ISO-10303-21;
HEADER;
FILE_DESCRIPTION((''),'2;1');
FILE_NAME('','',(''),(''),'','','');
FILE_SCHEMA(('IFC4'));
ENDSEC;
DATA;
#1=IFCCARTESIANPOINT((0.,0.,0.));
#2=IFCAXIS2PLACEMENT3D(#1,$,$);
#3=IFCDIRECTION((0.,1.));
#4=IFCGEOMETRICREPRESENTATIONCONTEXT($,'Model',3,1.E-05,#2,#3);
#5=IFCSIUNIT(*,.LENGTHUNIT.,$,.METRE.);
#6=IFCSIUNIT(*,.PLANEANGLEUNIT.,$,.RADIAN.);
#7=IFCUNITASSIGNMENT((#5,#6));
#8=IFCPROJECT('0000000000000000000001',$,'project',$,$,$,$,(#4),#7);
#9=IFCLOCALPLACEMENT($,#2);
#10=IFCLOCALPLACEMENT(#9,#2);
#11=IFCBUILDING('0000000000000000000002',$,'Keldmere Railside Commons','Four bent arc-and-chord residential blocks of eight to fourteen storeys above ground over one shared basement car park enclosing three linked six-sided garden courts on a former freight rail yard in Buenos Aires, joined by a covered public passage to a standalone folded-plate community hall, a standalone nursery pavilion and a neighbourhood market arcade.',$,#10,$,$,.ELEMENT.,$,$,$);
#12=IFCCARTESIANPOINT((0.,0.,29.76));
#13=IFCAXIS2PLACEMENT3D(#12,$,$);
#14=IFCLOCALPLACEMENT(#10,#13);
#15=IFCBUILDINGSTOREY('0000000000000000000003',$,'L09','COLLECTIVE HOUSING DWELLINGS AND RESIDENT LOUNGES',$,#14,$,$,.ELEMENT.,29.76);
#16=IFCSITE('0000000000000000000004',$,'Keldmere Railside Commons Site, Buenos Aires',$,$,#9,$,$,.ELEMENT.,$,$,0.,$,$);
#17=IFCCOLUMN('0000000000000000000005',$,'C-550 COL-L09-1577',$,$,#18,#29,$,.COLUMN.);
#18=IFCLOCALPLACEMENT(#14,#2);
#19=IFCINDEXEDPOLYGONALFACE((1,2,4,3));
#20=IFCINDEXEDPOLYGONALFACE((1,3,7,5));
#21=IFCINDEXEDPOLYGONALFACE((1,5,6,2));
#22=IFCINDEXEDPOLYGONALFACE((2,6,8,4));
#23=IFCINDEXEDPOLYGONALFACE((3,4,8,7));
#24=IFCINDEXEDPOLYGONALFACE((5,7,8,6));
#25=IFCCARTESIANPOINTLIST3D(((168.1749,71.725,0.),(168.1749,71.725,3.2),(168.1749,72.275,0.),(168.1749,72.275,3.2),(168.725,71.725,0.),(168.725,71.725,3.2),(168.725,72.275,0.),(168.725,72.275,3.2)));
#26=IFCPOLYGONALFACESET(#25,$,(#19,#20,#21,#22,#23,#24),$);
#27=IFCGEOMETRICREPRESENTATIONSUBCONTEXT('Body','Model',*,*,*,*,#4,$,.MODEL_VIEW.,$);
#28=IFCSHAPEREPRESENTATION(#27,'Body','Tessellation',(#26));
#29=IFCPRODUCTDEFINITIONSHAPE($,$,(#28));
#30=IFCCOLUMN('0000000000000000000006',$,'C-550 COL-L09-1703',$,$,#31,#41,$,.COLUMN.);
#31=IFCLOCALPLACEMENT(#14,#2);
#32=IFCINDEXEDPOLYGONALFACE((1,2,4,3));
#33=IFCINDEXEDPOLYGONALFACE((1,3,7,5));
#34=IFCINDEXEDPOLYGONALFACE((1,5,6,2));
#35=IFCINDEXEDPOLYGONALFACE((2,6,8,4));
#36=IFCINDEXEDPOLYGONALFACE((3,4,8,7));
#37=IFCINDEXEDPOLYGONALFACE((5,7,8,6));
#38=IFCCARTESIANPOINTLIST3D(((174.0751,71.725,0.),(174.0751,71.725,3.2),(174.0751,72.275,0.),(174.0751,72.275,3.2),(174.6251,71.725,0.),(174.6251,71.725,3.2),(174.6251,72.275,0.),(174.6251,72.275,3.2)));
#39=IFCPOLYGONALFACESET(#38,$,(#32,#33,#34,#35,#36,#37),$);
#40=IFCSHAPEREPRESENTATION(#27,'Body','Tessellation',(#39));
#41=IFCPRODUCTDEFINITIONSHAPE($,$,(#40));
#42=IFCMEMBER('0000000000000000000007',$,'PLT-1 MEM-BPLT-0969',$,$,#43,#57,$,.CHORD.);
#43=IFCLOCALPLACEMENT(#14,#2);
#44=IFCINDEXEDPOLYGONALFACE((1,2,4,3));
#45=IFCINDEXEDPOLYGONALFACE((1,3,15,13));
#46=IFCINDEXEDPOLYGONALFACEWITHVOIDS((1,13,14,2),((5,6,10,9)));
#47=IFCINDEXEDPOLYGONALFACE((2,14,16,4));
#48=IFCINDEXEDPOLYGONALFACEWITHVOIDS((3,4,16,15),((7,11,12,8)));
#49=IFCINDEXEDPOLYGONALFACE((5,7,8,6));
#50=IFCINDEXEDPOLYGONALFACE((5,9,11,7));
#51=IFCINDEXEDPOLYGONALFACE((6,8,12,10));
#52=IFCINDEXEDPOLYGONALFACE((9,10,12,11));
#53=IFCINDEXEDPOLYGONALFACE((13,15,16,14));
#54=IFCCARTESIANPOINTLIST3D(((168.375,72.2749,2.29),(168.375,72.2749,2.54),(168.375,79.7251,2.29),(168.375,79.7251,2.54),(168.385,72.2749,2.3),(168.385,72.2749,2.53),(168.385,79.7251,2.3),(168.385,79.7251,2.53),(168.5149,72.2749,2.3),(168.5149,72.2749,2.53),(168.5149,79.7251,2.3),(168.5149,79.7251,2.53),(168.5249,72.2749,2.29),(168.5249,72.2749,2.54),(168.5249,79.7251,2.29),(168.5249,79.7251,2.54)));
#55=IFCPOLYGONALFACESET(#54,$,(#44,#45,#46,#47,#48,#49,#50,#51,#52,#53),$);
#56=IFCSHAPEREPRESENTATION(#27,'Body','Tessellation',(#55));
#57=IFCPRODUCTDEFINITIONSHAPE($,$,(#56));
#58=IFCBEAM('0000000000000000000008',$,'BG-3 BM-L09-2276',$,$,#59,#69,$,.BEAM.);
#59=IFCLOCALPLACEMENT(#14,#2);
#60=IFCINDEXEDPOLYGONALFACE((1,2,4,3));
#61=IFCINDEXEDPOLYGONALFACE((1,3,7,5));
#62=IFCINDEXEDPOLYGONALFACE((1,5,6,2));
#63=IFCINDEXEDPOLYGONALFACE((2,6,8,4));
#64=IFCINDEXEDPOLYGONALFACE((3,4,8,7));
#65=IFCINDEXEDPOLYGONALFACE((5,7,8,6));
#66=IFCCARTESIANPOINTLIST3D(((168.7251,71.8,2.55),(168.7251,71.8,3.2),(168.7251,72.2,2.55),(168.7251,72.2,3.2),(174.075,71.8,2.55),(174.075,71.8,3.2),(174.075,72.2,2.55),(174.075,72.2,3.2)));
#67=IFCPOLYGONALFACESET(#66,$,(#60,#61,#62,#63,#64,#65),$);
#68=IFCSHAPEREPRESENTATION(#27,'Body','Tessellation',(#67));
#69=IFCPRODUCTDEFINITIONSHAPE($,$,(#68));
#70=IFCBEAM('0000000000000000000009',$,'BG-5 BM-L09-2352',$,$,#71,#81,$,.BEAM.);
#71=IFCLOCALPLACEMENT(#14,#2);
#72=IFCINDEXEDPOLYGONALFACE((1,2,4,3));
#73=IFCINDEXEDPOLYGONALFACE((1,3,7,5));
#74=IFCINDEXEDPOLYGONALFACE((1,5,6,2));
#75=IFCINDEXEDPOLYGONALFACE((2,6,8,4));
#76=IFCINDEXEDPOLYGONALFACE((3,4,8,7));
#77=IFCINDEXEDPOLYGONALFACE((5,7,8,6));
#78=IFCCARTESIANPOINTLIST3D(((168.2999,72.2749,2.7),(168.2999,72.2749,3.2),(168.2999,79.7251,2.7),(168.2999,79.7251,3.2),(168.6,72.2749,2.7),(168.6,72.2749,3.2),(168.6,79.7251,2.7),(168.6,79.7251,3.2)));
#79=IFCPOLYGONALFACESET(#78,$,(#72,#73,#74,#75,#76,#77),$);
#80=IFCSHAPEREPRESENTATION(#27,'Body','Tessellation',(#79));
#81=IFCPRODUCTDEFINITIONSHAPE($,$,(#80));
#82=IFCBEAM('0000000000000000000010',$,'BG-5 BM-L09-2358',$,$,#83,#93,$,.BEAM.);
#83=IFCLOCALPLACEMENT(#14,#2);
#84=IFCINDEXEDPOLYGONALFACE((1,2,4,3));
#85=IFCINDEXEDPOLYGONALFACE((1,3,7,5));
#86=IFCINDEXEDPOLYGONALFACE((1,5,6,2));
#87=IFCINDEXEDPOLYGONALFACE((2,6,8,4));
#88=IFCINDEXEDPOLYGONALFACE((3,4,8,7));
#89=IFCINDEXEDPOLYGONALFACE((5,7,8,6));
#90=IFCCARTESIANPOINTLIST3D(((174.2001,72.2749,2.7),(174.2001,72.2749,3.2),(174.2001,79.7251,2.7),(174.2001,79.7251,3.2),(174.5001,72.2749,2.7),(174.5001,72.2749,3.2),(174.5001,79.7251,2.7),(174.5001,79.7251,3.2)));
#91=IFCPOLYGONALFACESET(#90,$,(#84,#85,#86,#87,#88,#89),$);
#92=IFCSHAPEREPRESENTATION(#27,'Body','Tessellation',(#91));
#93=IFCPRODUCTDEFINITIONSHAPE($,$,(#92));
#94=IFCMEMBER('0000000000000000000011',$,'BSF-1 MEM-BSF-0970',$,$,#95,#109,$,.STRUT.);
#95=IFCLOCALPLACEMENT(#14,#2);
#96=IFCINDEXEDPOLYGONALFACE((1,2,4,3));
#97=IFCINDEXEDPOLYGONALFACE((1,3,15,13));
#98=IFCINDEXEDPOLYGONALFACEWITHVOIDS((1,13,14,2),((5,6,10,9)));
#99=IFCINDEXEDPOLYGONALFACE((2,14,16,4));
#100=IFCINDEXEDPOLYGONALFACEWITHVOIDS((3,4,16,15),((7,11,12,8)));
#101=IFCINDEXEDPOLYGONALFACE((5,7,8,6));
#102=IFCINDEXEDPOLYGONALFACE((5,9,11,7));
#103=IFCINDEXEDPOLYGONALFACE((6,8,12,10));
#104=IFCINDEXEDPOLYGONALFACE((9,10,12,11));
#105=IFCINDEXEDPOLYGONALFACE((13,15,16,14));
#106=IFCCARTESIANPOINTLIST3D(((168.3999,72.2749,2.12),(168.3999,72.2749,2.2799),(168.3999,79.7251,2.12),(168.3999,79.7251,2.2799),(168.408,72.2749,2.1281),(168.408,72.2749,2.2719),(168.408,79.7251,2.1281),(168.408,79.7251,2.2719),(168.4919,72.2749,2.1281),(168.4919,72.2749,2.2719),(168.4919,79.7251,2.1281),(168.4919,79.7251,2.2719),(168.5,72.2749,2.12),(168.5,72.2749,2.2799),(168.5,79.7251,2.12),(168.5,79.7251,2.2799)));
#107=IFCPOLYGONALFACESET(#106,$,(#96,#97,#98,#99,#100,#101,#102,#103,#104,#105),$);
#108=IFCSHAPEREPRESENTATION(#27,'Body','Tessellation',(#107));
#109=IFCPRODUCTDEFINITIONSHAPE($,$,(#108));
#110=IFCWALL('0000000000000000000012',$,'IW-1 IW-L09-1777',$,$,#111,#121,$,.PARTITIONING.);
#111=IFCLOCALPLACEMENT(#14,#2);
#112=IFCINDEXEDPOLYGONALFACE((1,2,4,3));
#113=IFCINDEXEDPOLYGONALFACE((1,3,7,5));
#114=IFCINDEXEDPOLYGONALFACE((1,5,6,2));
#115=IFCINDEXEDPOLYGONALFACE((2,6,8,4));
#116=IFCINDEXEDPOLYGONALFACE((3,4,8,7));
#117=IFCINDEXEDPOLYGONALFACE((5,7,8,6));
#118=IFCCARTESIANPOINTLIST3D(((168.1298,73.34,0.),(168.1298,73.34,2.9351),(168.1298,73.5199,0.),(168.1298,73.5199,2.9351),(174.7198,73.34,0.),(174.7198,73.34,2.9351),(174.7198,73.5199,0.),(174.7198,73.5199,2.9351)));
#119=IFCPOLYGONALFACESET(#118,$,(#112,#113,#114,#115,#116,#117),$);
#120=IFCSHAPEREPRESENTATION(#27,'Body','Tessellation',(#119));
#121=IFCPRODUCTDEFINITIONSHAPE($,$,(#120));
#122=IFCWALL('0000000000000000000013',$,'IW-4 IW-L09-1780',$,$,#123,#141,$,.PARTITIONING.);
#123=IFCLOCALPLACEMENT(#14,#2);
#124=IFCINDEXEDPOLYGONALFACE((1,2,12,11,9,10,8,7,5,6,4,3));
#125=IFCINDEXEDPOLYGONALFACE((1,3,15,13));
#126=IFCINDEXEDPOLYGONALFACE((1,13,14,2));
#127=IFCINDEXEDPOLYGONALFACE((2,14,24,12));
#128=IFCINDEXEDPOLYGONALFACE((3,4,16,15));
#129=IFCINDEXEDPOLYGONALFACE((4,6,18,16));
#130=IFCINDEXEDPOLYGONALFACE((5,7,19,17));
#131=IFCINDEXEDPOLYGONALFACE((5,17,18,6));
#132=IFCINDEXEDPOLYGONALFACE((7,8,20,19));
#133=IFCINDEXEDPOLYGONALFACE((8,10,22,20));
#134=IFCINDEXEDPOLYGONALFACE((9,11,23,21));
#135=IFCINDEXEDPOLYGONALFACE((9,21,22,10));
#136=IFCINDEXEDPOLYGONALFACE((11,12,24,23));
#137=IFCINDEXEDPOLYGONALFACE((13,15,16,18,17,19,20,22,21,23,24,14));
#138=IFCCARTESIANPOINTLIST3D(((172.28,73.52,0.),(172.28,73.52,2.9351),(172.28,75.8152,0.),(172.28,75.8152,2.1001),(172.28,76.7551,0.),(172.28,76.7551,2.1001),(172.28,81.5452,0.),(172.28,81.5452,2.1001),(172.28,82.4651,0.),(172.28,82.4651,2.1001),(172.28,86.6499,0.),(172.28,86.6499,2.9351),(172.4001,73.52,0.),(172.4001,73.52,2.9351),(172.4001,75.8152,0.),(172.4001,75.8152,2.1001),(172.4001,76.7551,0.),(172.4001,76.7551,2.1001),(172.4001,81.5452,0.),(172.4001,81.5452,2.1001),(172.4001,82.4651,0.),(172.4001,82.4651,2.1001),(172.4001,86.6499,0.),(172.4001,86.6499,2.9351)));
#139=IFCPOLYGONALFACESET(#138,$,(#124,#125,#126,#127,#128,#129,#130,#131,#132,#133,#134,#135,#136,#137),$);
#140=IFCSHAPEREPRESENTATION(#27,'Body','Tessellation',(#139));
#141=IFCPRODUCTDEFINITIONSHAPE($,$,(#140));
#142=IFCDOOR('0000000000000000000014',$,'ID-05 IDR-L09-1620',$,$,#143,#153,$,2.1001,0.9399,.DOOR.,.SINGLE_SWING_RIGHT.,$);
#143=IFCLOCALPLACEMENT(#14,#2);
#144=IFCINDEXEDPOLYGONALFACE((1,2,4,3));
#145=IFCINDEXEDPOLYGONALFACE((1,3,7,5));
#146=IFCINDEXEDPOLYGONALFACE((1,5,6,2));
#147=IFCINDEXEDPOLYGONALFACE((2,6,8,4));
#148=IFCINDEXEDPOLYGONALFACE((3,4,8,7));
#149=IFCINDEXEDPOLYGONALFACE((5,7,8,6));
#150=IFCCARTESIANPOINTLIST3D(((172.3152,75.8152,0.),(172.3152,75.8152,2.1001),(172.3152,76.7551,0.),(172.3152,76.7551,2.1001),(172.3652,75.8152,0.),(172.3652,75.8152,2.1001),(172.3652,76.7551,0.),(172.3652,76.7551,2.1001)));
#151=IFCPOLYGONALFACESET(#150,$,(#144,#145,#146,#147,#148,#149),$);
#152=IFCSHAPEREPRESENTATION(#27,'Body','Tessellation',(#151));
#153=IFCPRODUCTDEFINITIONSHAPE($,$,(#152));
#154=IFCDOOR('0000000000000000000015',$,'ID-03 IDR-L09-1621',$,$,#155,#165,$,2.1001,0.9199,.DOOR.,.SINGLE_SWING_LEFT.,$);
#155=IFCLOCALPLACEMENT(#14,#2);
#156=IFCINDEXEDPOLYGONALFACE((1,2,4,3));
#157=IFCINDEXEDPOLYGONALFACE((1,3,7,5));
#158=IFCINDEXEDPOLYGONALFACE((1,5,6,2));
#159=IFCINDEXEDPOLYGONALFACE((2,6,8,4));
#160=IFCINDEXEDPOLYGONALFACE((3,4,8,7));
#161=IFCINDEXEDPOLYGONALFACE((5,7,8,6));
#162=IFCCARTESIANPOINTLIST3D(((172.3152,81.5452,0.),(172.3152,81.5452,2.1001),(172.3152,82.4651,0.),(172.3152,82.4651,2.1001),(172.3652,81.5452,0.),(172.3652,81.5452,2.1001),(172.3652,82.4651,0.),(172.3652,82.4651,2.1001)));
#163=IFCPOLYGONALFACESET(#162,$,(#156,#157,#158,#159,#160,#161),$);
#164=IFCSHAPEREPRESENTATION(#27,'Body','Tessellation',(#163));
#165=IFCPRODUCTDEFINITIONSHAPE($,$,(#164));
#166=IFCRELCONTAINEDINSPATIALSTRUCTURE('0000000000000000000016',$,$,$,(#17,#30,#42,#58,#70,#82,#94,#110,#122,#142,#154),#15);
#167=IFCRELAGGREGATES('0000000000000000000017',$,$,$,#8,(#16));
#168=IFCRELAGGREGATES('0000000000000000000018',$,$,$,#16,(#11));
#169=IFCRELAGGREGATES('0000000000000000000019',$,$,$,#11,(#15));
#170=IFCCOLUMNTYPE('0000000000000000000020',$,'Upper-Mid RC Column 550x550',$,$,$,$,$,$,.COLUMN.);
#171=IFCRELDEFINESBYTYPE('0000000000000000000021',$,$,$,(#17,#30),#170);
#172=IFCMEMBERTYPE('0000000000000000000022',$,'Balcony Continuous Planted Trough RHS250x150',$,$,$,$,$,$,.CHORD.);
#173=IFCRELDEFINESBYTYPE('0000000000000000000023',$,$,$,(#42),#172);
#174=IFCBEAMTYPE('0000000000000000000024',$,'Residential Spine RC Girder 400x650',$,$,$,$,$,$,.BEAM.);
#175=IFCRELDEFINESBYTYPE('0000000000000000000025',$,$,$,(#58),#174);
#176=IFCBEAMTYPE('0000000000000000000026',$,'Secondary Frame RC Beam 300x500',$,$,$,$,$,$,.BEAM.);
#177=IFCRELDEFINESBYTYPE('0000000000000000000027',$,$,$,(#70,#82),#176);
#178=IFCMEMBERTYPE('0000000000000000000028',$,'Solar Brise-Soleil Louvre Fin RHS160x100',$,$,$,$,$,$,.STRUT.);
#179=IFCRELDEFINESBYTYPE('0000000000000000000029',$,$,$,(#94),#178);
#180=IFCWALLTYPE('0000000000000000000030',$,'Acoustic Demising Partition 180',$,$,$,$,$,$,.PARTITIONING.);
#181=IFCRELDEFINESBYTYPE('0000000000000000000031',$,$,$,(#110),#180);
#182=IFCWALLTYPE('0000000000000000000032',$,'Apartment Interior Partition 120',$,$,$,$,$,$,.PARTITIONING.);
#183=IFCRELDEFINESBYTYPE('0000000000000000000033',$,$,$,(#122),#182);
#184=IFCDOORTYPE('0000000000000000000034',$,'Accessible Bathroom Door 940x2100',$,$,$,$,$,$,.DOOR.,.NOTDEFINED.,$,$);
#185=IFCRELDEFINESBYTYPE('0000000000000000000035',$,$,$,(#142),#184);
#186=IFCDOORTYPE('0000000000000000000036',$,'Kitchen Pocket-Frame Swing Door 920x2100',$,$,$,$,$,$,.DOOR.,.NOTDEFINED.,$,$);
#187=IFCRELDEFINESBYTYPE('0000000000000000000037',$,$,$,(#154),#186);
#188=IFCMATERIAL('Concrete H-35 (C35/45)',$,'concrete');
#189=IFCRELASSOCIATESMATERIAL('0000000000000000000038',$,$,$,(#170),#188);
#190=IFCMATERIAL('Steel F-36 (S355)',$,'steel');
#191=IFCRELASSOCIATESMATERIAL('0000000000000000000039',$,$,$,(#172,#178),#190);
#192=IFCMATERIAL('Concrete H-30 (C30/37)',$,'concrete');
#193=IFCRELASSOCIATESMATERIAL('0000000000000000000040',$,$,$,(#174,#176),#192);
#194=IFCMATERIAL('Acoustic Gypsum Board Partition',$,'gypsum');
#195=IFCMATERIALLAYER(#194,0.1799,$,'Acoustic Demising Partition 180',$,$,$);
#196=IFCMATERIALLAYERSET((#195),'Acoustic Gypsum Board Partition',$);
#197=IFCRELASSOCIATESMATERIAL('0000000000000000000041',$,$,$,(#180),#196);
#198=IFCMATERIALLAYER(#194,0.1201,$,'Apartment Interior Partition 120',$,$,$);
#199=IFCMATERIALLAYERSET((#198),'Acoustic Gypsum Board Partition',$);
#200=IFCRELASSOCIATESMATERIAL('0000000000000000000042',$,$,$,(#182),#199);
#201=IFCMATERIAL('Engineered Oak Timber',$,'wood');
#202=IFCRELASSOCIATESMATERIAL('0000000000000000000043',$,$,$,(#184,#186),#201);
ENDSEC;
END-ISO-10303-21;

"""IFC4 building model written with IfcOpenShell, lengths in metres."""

from ifc_helpers import new_model, si_unit, direction, frame, frame_2d, origin, origin_2d, place, context, subcontext, project, spatial, rectangle, hollow_rectangle, extrude, material, layer, layer_set, material_profile, profile_set, type_object, element, fill, save


model = new_model("IFC4")

# Units and contexts
model_context = context("Model", 3, precision=1e-05, world=origin(), true_north=direction((0.0, 1.0)))
body_context = subcontext(model_context, "Body", "Model", "MODEL_VIEW")
ifc_project = project(units=[si_unit("LENGTHUNIT", "METRE"), si_unit("PLANEANGLEUNIT", "RADIAN")], contexts=[model_context])

# Site, building, storey
site_placement = place(None, origin())
site = spatial("IfcSite", under=ifc_project, at=site_placement, Name="Keldmere Railside Commons Site, Buenos Aires", CompositionType="ELEMENT", RefElevation=0.0)
building_placement = place(site_placement, origin())
building = spatial("IfcBuilding", under=site, at=building_placement, Name="Keldmere Railside Commons", Description="Four bent arc-and-chord residential blocks of eight to fourteen storeys above ground over one shared basement car park enclosing three linked six-sided garden courts on a former freight rail yard in Buenos Aires, joined by a covered public passage to a standalone folded-plate community hall, a standalone nursery pavilion and a neighbourhood market arcade.", CompositionType="ELEMENT")
storey_placement = place(building_placement, frame((0.0, 0.0, 29.76)))
storey = spatial("IfcBuildingStorey", under=building, at=storey_placement, Name="L09", Description="COLLECTIVE HOUSING DWELLINGS AND RESIDENT LOUNGES", CompositionType="ELEMENT", Elevation=29.76)

# Columns
ifc_material_1 = material(Name="Concrete H-35 (C35/45)", Category="concrete")
ifc_material_profile_1 = material_profile(ifc_material_1, rectangle(XDim=0.55, YDim=0.55, at=origin_2d()), Name="RC-550x550")
ifc_profile_set_1 = profile_set([ifc_material_profile_1], Name="Concrete H-35 (C35/45)")
column_type = type_object("IfcColumnType", Name="Upper-Mid RC Column 550x550", PredefinedType="COLUMN", material=ifc_profile_set_1)
for number, where, z_axis, x_axis, name in (
    (1, (168.45, 72.0, 0.0), (0.0, 0.0, 1.0), (1.0, 0.0, 0.0), "C-550 COL-L09-1577"),
    (2, (174.3501, 72.0, 0.0), (0.0, 0.0, 1.0), (1.0, 0.0, 0.0), "C-550 COL-L09-1703"),
):
    element("IfcColumn", number, at=place(storey_placement, frame(where, z_axis=z_axis, x_axis=x_axis)), inside=storey, type_object=column_type, Name=name, PredefinedType="COLUMN", context=body_context, shape_type="SweptSolid", body=[
        extrude(rectangle(XDim=0.55, YDim=0.55, at=origin_2d()), origin(), (0.0, 0.0, 1.0), 3.2),
    ])

# Member
ifc_material_2 = material(Name="Steel F-36 (S355)", Category="steel")
ifc_material_profile_2 = material_profile(ifc_material_2, hollow_rectangle(XDim=0.1499, YDim=0.25, WallThickness=0.01, at=origin_2d()), Name="RHS-250x150x10")
ifc_profile_set_2 = profile_set([ifc_material_profile_2], Name="Steel F-36 (S355)")
member_type_1 = type_object("IfcMemberType", Name="Balcony Continuous Planted Trough RHS250x150", PredefinedType="CHORD", material=ifc_profile_set_2)
member_1_placement = place(storey_placement, frame((168.45, 72.2749, 2.415), z_axis=(0.0, 1.0, 0.0), x_axis=(-1.0, 0.0, 0.0)))
element("IfcMember", 3, at=member_1_placement, inside=storey, type_object=member_type_1, Name="PLT-1 MEM-BPLT-0969", PredefinedType="CHORD", context=body_context, shape_type="SweptSolid", body=[
    extrude(hollow_rectangle(XDim=0.1499, YDim=0.25, WallThickness=0.01, at=origin_2d()), origin(), (0.0, 0.0, 1.0), 7.4502),
])

# Beams
ifc_material_3 = material(Name="Concrete H-30 (C30/37)", Category="concrete")
ifc_material_profile_3 = material_profile(ifc_material_3, rectangle(XDim=0.3999, YDim=0.6499, at=origin_2d()), Name="RC-400x650")
ifc_profile_set_3 = profile_set([ifc_material_profile_3], Name="Concrete H-30 (C30/37)")
beam_type_1 = type_object("IfcBeamType", Name="Residential Spine RC Girder 400x650", PredefinedType="BEAM", material=ifc_profile_set_3)
beam_placement = place(storey_placement, frame((168.7251, 72.0, 2.875), z_axis=(1.0, 0.0, 0.0), x_axis=(0.0, 1.0, 0.0)))
element("IfcBeam", 4, at=beam_placement, inside=storey, type_object=beam_type_1, Name="BG-3 BM-L09-2276", PredefinedType="BEAM", context=body_context, shape_type="SweptSolid", body=[
    extrude(rectangle(XDim=0.3999, YDim=0.6499, at=origin_2d()), origin(), (0.0, 0.0, 1.0), 5.3499),
])
ifc_material_profile_4 = material_profile(ifc_material_3, rectangle(XDim=0.3, YDim=0.5, at=origin_2d()), Name="RC-300x500")
ifc_profile_set_4 = profile_set([ifc_material_profile_4], Name="Concrete H-30 (C30/37)")
beam_type_2 = type_object("IfcBeamType", Name="Secondary Frame RC Beam 300x500", PredefinedType="BEAM", material=ifc_profile_set_4)
for number, where, z_axis, x_axis, name in (
    (5, (168.45, 72.2749, 2.95), (0.0, 1.0, 0.0), (-1.0, 0.0, 0.0), "BG-5 BM-L09-2352"),
    (6, (174.3501, 72.2749, 2.95), (0.0, 1.0, 0.0), (-1.0, 0.0, 0.0), "BG-5 BM-L09-2358"),
):
    element("IfcBeam", number, at=place(storey_placement, frame(where, z_axis=z_axis, x_axis=x_axis)), inside=storey, type_object=beam_type_2, Name=name, PredefinedType="BEAM", context=body_context, shape_type="SweptSolid", body=[
        extrude(rectangle(XDim=0.3, YDim=0.5, at=origin_2d()), origin(), (0.0, 0.0, 1.0), 7.4502),
    ])

# Member
ifc_material_profile_5 = material_profile(ifc_material_2, hollow_rectangle(XDim=0.1001, YDim=0.1599, WallThickness=0.0081, at=origin_2d()), Name="RHS-160x100x8")
ifc_profile_set_5 = profile_set([ifc_material_profile_5], Name="Steel F-36 (S355)")
member_type_2 = type_object("IfcMemberType", Name="Solar Brise-Soleil Louvre Fin RHS160x100", PredefinedType="STRUT", material=ifc_profile_set_5)
member_2_placement = place(storey_placement, frame((168.45, 72.2749, 2.2), z_axis=(0.0, 1.0, 0.0), x_axis=(-1.0, 0.0, 0.0)))
element("IfcMember", 7, at=member_2_placement, inside=storey, type_object=member_type_2, Name="BSF-1 MEM-BSF-0970", PredefinedType="STRUT", context=body_context, shape_type="SweptSolid", body=[
    extrude(hollow_rectangle(XDim=0.1001, YDim=0.1599, WallThickness=0.0081, at=origin_2d()), origin(), (0.0, 0.0, 1.0), 7.4502),
])

# Wall
ifc_material_4 = material(Name="Acoustic Gypsum Board Partition", Category="gypsum")
ifc_layer_1 = layer(ifc_material_4, 0.1799, Name="Acoustic Demising Partition 180")
ifc_layer_set_1 = layer_set([ifc_layer_1], Name="Acoustic Gypsum Board Partition")
wall_type_1 = type_object("IfcWallType", Name="Acoustic Demising Partition 180", PredefinedType="PARTITIONING", material=ifc_layer_set_1)
wall_1_placement = place(storey_placement, frame((168.1299, 73.4299, 0.0), z_axis=(0.0, 0.0, 1.0), x_axis=(1.0, 0.0, 0.0)))
element("IfcWall", 8, at=wall_1_placement, inside=storey, type_object=wall_type_1, Name="IW-1 IW-L09-1777", PredefinedType="PARTITIONING", context=body_context, shape_type="SweptSolid", body=[
    extrude(rectangle(XDim=6.5901, YDim=0.1799, at=frame_2d((3.2949, 0.0))), origin(), (0.0, 0.0, 1.0), 2.9351),
])

# Wall, openings, doors
ifc_layer_2 = layer(ifc_material_4, 0.1201, Name="Apartment Interior Partition 120")
ifc_layer_set_2 = layer_set([ifc_layer_2], Name="Acoustic Gypsum Board Partition")
wall_type_2 = type_object("IfcWallType", Name="Apartment Interior Partition 120", PredefinedType="PARTITIONING", material=ifc_layer_set_2)
wall_2_placement = place(storey_placement, frame((172.3401, 73.52, 0.0), z_axis=(0.0, 0.0, 1.0), x_axis=(0.0, 1.0, 0.0)))
wall_2 = element("IfcWall", 9, at=wall_2_placement, inside=storey, type_object=wall_type_2, Name="IW-4 IW-L09-1780", PredefinedType="PARTITIONING", context=body_context, shape_type="SweptSolid", body=[
    extrude(rectangle(XDim=13.1299, YDim=0.1201, at=frame_2d((6.5649, 0.0))), origin(), (0.0, 0.0, 1.0), 2.9351),
])
opening_1_placement = place(wall_2_placement, frame((2.2952, 0.0, 0.0)))
opening_1 = element("IfcOpeningElement", 10, at=opening_1_placement, cuts=wall_2, PredefinedType="OPENING", context=body_context, shape_type="SweptSolid", body=[
    extrude(rectangle(XDim=0.9399, YDim=2.1001, at=frame_2d((0.47, 1.05))), frame((0.0, 0.0701, 0.0), z_axis=(0.0, -1.0, 0.0), x_axis=(1.0, 0.0, 0.0)), (0.0, 0.0, 1.0), 0.1401),
])
opening_2_placement = place(wall_2_placement, frame((8.0251, 0.0, 0.0)))
opening_2 = element("IfcOpeningElement", 11, at=opening_2_placement, cuts=wall_2, PredefinedType="OPENING", context=body_context, shape_type="SweptSolid", body=[
    extrude(rectangle(XDim=0.9199, YDim=2.1001, at=frame_2d((0.46, 1.05))), frame((0.0, 0.0701, 0.0), z_axis=(0.0, -1.0, 0.0), x_axis=(1.0, 0.0, 0.0)), (0.0, 0.0, 1.0), 0.1401),
])
ifc_material_5 = material(Name="Engineered Oak Timber", Category="wood")
door_type_1 = type_object("IfcDoorType", Name="Accessible Bathroom Door 940x2100", OperationType="NOTDEFINED", PredefinedType="DOOR", material=ifc_material_5)
door_1_placement = place(opening_1_placement, origin())
door_1 = element("IfcDoor", 12, at=door_1_placement, inside=storey, type_object=door_type_1, Name="ID-05 IDR-L09-1620", OperationType="SINGLE_SWING_RIGHT", OverallHeight=2.1001, OverallWidth=0.9399, PredefinedType="DOOR", context=body_context, shape_type="SweptSolid", body=[
    extrude(rectangle(XDim=0.9399, YDim=2.1001, at=frame_2d((0.47, 1.05))), frame((0.0, 0.0249, 0.0), z_axis=(0.0, -1.0, 0.0), x_axis=(1.0, 0.0, 0.0)), (0.0, 0.0, 1.0), 0.05),
])
fill(opening_1, door_1)
door_type_2 = type_object("IfcDoorType", Name="Kitchen Pocket-Frame Swing Door 920x2100", OperationType="NOTDEFINED", PredefinedType="DOOR", material=ifc_material_5)
door_2_placement = place(opening_2_placement, origin())
door_2 = element("IfcDoor", 13, at=door_2_placement, inside=storey, type_object=door_type_2, Name="ID-03 IDR-L09-1621", OperationType="SINGLE_SWING_LEFT", OverallHeight=2.1001, OverallWidth=0.9199, PredefinedType="DOOR", context=body_context, shape_type="SweptSolid", body=[
    extrude(rectangle(XDim=0.9199, YDim=2.1001, at=frame_2d((0.46, 1.05))), frame((0.0, 0.0249, 0.0), z_axis=(0.0, -1.0, 0.0), x_axis=(1.0, 0.0, 0.0)), (0.0, 0.0, 1.0), 0.05),
])
fill(opening_2, door_2)

save(model, "model.ifc")
